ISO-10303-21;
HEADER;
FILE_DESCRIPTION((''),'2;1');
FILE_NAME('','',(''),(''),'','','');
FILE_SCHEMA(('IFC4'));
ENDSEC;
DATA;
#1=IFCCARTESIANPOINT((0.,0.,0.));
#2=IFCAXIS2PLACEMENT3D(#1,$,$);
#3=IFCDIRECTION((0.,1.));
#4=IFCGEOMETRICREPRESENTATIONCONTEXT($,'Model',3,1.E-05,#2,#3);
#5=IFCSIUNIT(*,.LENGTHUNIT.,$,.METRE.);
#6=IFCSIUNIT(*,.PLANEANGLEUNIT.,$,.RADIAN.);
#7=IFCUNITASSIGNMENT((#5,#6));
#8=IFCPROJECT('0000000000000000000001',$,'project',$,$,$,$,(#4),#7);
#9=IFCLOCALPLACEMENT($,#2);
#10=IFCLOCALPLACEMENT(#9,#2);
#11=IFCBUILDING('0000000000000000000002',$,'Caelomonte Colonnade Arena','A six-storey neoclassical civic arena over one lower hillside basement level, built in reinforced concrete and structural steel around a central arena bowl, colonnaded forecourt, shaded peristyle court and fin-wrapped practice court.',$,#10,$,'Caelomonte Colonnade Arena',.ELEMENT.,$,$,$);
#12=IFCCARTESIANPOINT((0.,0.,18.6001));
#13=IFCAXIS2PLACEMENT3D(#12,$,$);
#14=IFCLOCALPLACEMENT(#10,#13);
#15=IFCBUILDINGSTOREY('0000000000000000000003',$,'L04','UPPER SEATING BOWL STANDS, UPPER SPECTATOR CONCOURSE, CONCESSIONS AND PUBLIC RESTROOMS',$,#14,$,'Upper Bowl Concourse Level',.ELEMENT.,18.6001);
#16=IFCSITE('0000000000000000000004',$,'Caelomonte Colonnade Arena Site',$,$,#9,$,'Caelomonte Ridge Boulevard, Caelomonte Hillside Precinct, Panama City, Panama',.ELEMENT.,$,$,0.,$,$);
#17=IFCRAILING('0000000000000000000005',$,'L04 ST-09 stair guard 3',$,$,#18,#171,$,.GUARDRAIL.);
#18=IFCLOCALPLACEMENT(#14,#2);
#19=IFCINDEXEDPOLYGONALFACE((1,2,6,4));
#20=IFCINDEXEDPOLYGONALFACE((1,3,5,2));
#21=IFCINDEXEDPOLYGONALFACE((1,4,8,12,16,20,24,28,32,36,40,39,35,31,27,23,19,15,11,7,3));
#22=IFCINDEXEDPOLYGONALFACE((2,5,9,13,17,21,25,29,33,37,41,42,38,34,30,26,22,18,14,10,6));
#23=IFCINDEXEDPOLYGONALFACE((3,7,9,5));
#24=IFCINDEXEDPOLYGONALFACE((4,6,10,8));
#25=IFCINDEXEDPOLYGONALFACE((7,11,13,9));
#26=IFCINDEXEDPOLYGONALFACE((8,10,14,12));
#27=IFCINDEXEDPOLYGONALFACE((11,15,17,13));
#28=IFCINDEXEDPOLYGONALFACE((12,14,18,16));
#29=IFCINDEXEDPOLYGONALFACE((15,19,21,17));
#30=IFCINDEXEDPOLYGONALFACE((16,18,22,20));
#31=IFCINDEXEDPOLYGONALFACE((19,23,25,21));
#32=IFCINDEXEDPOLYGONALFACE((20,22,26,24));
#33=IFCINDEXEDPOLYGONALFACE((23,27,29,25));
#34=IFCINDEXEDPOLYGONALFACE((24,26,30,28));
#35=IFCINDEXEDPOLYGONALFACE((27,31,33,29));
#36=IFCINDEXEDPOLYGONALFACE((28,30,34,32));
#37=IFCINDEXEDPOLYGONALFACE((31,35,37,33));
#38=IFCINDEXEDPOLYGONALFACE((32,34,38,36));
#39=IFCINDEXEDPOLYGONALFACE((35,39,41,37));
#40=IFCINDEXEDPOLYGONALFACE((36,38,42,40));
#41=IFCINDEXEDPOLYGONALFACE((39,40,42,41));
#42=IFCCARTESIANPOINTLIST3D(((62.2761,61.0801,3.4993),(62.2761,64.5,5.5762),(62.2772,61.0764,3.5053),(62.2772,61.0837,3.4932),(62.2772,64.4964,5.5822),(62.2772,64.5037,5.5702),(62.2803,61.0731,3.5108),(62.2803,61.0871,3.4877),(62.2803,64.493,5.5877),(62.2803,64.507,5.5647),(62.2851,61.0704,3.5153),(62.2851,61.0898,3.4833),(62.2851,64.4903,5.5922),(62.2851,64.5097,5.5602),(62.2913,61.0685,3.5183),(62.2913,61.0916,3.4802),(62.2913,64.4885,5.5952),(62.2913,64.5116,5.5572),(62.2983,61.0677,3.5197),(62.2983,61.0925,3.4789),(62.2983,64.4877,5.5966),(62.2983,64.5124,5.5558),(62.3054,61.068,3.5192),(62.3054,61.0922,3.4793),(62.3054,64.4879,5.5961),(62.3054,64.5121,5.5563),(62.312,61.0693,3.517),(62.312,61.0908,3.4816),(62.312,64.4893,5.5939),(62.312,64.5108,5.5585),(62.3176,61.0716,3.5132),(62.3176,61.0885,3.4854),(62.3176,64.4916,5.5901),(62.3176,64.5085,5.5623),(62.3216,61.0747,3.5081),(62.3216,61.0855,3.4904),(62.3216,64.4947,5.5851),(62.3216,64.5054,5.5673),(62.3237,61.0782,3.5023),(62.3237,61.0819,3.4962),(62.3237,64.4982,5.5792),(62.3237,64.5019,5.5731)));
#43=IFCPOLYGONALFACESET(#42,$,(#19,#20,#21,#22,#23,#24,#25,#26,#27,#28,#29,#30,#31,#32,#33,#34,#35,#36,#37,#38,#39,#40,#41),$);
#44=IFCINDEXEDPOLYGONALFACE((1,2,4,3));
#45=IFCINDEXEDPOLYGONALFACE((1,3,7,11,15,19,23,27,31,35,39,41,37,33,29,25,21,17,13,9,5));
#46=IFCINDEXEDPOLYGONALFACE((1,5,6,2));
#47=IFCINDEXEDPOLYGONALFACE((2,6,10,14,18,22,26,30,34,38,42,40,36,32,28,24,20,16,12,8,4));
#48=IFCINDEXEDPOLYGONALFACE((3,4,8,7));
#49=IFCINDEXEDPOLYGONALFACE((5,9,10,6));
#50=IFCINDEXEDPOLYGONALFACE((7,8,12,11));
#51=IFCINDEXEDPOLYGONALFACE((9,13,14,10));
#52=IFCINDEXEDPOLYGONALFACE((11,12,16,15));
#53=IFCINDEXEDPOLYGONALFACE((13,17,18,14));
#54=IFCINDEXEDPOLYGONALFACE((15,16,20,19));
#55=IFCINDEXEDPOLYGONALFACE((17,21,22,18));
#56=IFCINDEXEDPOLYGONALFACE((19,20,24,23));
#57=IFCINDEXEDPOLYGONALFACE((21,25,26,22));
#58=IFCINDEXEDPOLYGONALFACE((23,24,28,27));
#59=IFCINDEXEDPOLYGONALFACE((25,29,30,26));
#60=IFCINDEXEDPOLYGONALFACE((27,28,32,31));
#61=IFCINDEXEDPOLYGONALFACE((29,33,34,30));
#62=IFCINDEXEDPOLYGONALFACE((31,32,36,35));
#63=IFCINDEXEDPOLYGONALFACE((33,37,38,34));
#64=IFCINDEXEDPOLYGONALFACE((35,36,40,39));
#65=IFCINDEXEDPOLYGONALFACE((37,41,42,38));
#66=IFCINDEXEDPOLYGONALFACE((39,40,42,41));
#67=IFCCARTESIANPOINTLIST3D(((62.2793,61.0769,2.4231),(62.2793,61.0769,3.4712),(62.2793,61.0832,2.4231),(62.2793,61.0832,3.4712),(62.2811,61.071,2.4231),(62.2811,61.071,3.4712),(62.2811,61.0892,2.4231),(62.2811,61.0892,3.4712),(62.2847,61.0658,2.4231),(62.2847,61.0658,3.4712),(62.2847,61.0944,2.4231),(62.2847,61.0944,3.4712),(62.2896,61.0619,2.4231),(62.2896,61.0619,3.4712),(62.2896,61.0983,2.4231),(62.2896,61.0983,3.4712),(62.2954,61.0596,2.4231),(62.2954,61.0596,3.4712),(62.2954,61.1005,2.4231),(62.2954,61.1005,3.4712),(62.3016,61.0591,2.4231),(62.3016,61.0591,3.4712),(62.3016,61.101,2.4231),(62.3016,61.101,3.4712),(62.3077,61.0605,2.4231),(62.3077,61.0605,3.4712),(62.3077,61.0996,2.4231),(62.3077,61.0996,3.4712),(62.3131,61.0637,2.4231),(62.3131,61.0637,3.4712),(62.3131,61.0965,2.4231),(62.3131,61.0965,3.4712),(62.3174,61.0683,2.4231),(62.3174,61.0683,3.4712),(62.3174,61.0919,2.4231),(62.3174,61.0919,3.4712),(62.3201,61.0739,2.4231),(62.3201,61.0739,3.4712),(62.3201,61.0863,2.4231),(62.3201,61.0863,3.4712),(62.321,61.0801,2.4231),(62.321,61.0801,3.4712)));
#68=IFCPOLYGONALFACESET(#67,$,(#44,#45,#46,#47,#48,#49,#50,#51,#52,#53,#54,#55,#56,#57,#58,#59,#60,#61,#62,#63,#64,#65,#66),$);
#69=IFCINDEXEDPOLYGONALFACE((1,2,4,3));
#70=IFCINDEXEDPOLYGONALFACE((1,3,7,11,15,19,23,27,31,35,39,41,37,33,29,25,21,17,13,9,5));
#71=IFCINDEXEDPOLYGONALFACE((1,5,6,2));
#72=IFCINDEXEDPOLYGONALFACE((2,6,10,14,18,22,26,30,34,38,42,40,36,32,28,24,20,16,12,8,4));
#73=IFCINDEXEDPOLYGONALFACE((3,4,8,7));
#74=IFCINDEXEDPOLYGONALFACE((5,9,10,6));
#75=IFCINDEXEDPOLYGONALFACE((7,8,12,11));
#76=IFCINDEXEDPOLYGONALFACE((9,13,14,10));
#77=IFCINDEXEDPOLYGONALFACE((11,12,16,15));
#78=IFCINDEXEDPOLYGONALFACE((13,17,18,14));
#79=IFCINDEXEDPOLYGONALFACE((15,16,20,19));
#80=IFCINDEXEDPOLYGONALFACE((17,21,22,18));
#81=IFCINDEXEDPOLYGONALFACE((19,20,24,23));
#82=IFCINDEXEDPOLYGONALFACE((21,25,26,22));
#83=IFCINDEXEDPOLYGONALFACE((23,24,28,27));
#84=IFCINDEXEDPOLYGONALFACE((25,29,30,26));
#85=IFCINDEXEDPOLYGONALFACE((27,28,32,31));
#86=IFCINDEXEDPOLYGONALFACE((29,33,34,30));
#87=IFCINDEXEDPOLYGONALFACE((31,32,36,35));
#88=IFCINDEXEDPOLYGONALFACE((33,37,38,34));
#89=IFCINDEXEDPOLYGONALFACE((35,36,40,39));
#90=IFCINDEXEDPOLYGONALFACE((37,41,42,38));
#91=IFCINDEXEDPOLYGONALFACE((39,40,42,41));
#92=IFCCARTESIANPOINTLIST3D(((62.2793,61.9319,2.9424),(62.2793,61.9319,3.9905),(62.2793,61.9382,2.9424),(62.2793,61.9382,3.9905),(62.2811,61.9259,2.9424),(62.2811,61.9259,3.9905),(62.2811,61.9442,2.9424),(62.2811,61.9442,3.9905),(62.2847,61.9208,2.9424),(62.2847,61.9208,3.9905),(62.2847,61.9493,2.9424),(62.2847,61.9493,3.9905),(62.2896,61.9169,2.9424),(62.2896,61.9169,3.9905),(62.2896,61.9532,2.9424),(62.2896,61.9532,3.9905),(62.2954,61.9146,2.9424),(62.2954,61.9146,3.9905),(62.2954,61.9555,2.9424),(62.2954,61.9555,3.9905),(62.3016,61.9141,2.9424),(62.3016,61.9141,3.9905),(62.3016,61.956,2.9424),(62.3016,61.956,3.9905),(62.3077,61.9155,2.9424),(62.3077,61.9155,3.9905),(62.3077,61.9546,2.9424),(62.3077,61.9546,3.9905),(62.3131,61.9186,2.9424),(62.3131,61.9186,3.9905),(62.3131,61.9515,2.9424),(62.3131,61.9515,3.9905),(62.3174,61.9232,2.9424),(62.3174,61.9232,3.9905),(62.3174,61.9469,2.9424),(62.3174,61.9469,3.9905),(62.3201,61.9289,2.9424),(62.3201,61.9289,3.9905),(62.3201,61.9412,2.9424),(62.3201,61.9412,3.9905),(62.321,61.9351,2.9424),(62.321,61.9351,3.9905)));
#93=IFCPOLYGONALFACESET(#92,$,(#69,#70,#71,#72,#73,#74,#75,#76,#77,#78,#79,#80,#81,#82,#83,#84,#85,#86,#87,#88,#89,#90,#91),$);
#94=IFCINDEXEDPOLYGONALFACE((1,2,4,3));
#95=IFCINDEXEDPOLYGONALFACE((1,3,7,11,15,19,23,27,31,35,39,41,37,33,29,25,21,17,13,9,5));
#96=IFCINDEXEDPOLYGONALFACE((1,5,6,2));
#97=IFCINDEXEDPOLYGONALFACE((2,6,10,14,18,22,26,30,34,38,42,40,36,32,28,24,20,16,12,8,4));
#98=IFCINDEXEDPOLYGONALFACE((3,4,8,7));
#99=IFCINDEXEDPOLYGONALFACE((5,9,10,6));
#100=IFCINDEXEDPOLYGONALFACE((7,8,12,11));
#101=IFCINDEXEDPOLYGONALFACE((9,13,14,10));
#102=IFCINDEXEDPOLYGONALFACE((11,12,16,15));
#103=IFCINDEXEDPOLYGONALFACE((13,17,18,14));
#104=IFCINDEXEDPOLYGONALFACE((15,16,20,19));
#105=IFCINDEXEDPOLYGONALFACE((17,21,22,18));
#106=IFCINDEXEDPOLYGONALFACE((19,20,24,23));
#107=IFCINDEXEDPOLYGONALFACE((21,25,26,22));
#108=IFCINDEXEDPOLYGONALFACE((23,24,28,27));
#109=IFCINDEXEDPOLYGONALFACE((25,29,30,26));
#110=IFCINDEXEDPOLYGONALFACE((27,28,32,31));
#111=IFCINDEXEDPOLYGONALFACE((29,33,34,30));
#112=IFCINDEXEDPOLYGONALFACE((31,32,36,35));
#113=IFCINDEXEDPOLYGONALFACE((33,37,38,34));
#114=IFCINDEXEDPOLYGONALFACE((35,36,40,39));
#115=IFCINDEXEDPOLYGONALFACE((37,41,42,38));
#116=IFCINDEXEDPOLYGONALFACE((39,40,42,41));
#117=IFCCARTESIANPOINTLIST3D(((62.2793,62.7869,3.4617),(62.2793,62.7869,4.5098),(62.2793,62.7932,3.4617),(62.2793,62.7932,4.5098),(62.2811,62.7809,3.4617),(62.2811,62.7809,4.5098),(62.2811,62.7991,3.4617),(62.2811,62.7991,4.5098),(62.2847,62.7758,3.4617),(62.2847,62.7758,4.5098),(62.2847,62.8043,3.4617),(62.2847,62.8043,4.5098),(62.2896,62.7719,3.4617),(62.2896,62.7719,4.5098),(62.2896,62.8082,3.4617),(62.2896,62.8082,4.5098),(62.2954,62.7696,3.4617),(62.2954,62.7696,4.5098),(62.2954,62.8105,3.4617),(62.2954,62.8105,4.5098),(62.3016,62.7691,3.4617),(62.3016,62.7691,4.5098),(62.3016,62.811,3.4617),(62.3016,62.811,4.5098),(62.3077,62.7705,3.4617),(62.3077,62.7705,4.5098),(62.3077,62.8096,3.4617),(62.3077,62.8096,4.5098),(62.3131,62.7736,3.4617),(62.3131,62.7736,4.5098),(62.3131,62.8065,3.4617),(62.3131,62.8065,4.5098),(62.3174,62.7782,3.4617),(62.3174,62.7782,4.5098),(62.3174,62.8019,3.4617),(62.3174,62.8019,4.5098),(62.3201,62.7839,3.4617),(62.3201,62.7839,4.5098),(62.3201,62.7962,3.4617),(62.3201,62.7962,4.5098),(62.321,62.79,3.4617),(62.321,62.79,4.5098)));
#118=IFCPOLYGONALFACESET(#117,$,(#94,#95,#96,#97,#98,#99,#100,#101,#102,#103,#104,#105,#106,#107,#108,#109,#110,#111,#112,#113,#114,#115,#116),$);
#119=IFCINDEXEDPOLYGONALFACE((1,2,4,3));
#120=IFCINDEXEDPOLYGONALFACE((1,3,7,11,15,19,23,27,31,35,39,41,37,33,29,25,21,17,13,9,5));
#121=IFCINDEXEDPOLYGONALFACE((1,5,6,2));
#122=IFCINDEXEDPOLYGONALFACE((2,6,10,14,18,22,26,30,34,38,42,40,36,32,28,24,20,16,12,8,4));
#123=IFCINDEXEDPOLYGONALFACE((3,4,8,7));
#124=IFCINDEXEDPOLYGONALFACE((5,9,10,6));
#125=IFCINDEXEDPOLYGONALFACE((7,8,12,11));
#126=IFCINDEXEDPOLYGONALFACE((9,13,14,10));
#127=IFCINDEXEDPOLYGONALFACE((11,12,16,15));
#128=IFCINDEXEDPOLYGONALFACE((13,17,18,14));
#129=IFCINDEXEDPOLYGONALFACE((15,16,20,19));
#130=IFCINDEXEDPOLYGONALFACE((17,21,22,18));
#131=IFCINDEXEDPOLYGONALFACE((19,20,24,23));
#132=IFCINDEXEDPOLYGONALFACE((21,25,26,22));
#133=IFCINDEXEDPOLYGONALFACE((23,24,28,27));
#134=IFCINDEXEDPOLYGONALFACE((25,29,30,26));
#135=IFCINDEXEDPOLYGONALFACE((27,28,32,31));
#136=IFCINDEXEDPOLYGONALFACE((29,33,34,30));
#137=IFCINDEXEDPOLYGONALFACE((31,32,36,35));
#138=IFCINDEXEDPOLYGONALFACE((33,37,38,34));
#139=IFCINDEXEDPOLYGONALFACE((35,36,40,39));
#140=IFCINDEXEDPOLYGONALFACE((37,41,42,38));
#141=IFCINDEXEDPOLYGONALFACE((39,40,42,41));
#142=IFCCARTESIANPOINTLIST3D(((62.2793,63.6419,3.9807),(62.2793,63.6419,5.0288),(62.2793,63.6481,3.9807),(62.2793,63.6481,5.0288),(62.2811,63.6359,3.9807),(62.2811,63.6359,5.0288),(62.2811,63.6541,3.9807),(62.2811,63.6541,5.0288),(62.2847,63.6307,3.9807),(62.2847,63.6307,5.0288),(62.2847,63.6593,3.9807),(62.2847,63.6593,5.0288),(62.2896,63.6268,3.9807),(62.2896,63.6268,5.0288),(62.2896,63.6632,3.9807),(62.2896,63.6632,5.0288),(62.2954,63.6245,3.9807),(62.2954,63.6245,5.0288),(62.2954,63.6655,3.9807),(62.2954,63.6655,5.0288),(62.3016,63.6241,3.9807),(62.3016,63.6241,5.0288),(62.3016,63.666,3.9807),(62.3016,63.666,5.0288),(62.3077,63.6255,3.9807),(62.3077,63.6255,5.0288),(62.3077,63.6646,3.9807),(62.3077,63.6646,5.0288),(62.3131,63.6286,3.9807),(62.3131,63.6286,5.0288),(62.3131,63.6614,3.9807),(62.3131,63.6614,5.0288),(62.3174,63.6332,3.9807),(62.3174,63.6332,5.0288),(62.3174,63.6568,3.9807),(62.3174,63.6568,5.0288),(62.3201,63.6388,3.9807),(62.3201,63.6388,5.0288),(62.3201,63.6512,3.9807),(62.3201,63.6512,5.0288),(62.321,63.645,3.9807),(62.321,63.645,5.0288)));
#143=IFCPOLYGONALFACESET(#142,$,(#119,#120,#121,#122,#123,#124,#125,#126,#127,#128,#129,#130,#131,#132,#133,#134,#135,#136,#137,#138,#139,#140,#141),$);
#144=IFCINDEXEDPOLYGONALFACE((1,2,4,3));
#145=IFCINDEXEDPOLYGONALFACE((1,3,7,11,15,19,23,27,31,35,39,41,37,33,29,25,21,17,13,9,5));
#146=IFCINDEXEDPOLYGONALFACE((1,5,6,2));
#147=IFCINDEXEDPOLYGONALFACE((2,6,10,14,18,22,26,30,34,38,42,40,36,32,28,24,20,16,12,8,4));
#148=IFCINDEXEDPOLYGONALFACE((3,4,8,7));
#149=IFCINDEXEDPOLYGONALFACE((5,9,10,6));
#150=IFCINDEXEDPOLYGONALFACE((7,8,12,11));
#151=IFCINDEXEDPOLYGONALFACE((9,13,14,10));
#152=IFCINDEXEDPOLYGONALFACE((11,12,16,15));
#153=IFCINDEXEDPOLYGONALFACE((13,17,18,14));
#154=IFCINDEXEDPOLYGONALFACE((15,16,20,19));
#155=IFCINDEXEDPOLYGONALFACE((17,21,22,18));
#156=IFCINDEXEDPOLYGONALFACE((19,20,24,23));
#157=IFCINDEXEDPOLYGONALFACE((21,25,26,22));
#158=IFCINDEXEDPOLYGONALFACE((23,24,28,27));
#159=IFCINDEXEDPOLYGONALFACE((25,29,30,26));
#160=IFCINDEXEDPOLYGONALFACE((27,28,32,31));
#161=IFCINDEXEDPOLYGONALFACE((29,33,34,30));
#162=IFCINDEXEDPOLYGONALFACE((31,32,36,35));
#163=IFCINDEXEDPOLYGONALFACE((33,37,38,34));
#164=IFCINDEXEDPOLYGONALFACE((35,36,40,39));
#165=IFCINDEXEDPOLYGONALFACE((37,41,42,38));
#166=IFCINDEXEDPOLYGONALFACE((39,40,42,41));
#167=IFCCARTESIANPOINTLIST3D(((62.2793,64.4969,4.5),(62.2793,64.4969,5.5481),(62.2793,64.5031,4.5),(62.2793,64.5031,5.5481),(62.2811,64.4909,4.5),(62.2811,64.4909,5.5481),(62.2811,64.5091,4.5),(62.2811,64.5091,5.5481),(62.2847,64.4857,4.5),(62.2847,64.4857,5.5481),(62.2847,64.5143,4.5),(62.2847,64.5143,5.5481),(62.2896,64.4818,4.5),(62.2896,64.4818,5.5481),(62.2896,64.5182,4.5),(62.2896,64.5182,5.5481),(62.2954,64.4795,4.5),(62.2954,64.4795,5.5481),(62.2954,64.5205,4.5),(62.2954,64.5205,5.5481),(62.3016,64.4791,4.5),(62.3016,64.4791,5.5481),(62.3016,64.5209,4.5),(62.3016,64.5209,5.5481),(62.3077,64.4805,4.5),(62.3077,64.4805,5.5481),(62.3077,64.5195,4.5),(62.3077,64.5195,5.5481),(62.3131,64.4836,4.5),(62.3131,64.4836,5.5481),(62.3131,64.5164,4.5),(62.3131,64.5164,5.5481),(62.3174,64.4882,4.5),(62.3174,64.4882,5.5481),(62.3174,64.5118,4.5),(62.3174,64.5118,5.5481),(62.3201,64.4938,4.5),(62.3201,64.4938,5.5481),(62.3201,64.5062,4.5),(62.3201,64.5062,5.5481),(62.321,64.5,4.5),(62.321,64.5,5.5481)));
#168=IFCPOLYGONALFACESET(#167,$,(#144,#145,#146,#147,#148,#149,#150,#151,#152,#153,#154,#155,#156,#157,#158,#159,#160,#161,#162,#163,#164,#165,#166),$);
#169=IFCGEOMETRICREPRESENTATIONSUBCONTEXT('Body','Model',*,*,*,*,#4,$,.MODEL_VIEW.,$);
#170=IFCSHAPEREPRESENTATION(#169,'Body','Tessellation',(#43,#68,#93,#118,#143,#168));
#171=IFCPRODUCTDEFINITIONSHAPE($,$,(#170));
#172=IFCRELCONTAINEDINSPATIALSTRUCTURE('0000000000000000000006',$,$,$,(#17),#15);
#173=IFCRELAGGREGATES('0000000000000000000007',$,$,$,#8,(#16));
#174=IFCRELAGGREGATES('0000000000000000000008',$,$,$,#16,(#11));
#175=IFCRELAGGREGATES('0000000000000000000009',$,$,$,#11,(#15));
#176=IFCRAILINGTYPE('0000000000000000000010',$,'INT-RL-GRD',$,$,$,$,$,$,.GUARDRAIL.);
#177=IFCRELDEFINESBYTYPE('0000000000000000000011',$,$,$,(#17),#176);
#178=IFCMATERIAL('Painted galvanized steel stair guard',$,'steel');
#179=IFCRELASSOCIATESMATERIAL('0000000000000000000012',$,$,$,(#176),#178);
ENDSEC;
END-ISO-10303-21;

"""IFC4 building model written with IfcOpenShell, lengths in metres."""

from ifc_helpers import new_model, si_unit, direction, frame, origin, origin_2d, place, context, subcontext, project, spatial, circle, extrude, material, type_object, element, save


model = new_model("IFC4")

# Units and contexts
model_context = context("Model", 3, precision=1e-05, world=origin(), true_north=direction((0.0, 1.0)))
body_context = subcontext(model_context, "Body", "Model", "MODEL_VIEW")
ifc_project = project(units=[si_unit("LENGTHUNIT", "METRE"), si_unit("PLANEANGLEUNIT", "RADIAN")], contexts=[model_context])

# Site, building, storey
site_placement = place(None, origin())
site = spatial("IfcSite", under=ifc_project, at=site_placement, Name="Caelomonte Colonnade Arena Site", LongName="Caelomonte Ridge Boulevard, Caelomonte Hillside Precinct, Panama City, Panama", CompositionType="ELEMENT", RefElevation=0.0)
building_placement = place(site_placement, origin())
building = spatial("IfcBuilding", under=site, at=building_placement, Name="Caelomonte Colonnade Arena", Description="A six-storey neoclassical civic arena over one lower hillside basement level, built in reinforced concrete and structural steel around a central arena bowl, colonnaded forecourt, shaded peristyle court and fin-wrapped practice court.", LongName="Caelomonte Colonnade Arena", CompositionType="ELEMENT")
storey_placement = place(building_placement, frame((0.0, 0.0, 18.6001)))
storey = spatial("IfcBuildingStorey", under=building, at=storey_placement, Name="L04", Description="UPPER SEATING BOWL STANDS, UPPER SPECTATOR CONCOURSE, CONCESSIONS AND PUBLIC RESTROOMS", LongName="Upper Bowl Concourse Level", CompositionType="ELEMENT", Elevation=18.6001)

# Railing
ifc_material_1 = material(Name="Painted galvanized steel stair guard", Category="steel")
railing_type_1 = type_object("IfcRailingType", Name="INT-RL-GRD", PredefinedType="GUARDRAIL", material=ifc_material_1)
railing_1_placement = place(storey_placement, frame((62.3, 61.0801, 2.4231)))
element("IfcRailing", 1, at=railing_1_placement, inside=storey, type_object=railing_type_1, Name="L04 ST-09 stair guard 3", PredefinedType="GUARDRAIL", context=body_context, shape_type="SweptSolid", body=[
    extrude(circle(Radius=0.0239, at=origin_2d()), frame((0.0, 0.0, 1.0762), z_axis=(0.0, 0.85473, 0.519074), x_axis=(-1.0, 0.0, 0.0)), (0.0, 0.0, 1.0), 4.0012),
    extrude(circle(Radius=0.021, at=origin_2d()), origin(), (0.0, 0.0, 1.0), 1.0481),
    extrude(circle(Radius=0.021, at=origin_2d()), frame((0.0, 0.855, 0.5193)), (0.0, 0.0, 1.0), 1.0481),
    extrude(circle(Radius=0.021, at=origin_2d()), frame((0.0, 1.71, 1.0386)), (0.0, 0.0, 1.0), 1.0481),
    extrude(circle(Radius=0.021, at=origin_2d()), frame((0.0, 2.5649, 1.5576)), (0.0, 0.0, 1.0), 1.0481),
    extrude(circle(Radius=0.021, at=origin_2d()), frame((0.0, 3.4199, 2.0769)), (0.0, 0.0, 1.0), 1.0481),
])

save(model, "model.ifc")
